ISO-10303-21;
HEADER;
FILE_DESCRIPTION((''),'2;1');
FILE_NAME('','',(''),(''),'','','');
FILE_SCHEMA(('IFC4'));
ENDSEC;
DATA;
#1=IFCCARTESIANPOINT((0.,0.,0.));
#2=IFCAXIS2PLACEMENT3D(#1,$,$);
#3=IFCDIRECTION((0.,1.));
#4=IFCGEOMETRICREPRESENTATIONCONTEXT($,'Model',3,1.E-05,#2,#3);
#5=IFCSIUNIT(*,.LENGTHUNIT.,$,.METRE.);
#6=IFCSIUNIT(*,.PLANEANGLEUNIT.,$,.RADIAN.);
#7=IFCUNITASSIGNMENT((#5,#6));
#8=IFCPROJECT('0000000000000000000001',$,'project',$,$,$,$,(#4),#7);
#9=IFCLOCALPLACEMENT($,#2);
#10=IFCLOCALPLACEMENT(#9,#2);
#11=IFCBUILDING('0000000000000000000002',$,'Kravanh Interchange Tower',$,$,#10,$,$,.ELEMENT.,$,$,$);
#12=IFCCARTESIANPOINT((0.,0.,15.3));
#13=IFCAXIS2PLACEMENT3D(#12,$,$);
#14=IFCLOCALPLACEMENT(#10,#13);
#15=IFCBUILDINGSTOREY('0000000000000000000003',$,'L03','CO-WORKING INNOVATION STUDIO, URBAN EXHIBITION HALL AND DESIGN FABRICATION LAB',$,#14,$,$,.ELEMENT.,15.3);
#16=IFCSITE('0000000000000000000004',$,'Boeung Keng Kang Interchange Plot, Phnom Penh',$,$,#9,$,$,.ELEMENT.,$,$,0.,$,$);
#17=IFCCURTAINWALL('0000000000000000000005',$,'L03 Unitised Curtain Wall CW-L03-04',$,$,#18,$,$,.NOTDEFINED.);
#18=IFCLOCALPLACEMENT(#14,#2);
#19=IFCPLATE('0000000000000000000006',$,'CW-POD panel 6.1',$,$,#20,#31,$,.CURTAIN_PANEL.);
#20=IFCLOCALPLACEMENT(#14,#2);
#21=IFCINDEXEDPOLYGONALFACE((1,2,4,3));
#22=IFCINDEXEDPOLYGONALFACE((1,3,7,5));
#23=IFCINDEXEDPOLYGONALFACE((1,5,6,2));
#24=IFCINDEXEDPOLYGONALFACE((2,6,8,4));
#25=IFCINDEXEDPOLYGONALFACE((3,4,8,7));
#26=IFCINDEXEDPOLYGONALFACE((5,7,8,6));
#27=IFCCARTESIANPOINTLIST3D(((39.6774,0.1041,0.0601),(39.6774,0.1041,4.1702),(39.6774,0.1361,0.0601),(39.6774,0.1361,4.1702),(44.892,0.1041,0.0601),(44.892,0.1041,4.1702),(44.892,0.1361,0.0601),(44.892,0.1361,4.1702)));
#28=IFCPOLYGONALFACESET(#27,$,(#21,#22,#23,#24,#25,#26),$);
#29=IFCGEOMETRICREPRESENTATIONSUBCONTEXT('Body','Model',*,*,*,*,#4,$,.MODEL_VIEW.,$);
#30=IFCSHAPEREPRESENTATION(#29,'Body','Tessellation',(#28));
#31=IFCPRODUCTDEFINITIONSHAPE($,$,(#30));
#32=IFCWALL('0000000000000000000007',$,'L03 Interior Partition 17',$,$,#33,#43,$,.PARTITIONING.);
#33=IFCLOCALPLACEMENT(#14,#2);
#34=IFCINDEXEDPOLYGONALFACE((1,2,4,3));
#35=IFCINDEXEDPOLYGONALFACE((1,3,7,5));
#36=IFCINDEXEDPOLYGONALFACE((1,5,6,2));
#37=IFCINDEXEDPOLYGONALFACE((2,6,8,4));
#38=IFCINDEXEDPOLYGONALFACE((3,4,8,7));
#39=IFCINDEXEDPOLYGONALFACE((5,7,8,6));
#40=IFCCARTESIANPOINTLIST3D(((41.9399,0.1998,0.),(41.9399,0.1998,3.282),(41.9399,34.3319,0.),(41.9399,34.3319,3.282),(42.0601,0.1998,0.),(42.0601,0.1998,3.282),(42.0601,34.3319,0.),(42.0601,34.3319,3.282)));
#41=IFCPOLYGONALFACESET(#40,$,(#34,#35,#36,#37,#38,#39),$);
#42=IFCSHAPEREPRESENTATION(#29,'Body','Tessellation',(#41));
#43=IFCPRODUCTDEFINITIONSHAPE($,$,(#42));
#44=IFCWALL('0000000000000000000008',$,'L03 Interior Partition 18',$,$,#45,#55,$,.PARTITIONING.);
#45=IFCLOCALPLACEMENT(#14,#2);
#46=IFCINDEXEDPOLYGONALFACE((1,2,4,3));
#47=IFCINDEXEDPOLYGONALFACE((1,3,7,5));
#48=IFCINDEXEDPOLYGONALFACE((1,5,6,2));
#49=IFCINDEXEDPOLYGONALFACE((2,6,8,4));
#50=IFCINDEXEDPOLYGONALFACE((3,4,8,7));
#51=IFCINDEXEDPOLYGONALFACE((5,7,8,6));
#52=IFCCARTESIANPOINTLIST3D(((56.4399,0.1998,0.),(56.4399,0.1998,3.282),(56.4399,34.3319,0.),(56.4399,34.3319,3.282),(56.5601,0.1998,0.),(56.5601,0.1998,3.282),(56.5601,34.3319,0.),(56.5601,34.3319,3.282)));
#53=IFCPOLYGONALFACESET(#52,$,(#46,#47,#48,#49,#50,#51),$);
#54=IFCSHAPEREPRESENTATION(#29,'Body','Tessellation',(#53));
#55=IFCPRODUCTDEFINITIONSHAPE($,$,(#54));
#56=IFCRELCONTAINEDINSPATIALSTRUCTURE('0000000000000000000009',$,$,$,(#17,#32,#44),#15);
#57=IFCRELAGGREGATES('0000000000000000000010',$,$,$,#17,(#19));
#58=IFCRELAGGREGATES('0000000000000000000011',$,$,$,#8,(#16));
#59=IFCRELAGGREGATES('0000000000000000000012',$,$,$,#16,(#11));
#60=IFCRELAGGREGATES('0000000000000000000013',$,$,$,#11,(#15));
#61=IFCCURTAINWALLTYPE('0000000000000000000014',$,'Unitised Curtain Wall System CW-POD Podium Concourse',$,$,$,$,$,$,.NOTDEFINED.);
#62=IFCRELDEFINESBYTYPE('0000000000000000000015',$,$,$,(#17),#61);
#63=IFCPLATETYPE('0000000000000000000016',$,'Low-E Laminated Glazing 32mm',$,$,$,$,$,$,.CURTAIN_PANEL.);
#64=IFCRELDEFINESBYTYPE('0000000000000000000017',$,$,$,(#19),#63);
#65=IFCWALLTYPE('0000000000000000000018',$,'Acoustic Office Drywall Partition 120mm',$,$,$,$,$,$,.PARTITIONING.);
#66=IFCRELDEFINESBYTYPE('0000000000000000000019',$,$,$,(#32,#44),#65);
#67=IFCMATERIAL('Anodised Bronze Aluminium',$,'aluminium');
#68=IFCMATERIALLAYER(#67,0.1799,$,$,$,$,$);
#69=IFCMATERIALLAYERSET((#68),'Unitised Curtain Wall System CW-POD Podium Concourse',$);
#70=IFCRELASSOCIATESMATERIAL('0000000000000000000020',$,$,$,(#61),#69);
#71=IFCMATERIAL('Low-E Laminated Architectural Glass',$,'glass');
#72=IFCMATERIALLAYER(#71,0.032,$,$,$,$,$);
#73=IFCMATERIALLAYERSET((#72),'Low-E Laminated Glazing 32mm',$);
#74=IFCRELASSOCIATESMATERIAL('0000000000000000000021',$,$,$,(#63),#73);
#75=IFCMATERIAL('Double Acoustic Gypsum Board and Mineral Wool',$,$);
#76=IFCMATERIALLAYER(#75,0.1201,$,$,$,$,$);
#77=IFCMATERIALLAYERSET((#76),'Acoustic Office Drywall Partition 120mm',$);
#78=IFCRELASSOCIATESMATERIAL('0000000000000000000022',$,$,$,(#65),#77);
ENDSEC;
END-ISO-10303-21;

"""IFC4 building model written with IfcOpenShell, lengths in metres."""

from ifc_helpers import new_model, si_unit, direction, frame, frame_2d, origin, origin_2d, place, context, subcontext, project, spatial, rectangle, extrude, material, layer, layer_set, type_object, element, aggregate, save


model = new_model("IFC4")

# Units and contexts
model_context = context("Model", 3, precision=1e-05, world=origin(), true_north=direction((0.0, 1.0)))
body_context = subcontext(model_context, "Body", "Model", "MODEL_VIEW")
ifc_project = project(units=[si_unit("LENGTHUNIT", "METRE"), si_unit("PLANEANGLEUNIT", "RADIAN")], contexts=[model_context])

# Site, building, storey
site_placement = place(None, origin())
site = spatial("IfcSite", under=ifc_project, at=site_placement, Name="Boeung Keng Kang Interchange Plot, Phnom Penh", CompositionType="ELEMENT", RefElevation=0.0)
building_placement = place(site_placement, origin())
building = spatial("IfcBuilding", under=site, at=building_placement, Name="Kravanh Interchange Tower", CompositionType="ELEMENT")
storey_placement = place(building_placement, frame((0.0, 0.0, 15.3)))
storey = spatial("IfcBuildingStorey", under=building, at=storey_placement, Name="L03", Description="CO-WORKING INNOVATION STUDIO, URBAN EXHIBITION HALL AND DESIGN FABRICATION LAB", CompositionType="ELEMENT", Elevation=15.3)

# Curtain wall
ifc_material_1 = material(Name="Anodised Bronze Aluminium", Category="aluminium")
ifc_layer_1 = layer(ifc_material_1, 0.1799)
ifc_layer_set_1 = layer_set([ifc_layer_1], Name="Unitised Curtain Wall System CW-POD Podium Concourse")
curtain_wall_type = type_object("IfcCurtainWallType", Name="Unitised Curtain Wall System CW-POD Podium Concourse", PredefinedType="NOTDEFINED", material=ifc_layer_set_1)
curtain_wall_placement = place(storey_placement, origin())
curtain_wall = element("IfcCurtainWall", 1, at=curtain_wall_placement, inside=storey, type_object=curtain_wall_type, Name="L03 Unitised Curtain Wall CW-L03-04", PredefinedType="NOTDEFINED")

# Plate
ifc_material_2 = material(Name="Low-E Laminated Architectural Glass", Category="glass")
ifc_layer_2 = layer(ifc_material_2, 0.032)
ifc_layer_set_2 = layer_set([ifc_layer_2], Name="Low-E Laminated Glazing 32mm")
plate_type = type_object("IfcPlateType", Name="Low-E Laminated Glazing 32mm", PredefinedType="CURTAIN_PANEL", material=ifc_layer_set_2)
plate_1_placement = place(storey_placement, frame((42.2847, 0.1201, 0.0601), z_axis=(0.0, 0.0, 1.0), x_axis=(-1.0, 0.0, 0.0)))
plate_1 = element("IfcPlate", 2, at=plate_1_placement, type_object=plate_type, Name="CW-POD panel 6.1", PredefinedType="CURTAIN_PANEL", context=body_context, shape_type="SweptSolid", body=[
    extrude(rectangle(XDim=5.2146, YDim=0.032, at=origin_2d()), origin(), (0.0, 0.0, 1.0), 4.1101),
])
aggregate(curtain_wall, [plate_1])

# Walls
ifc_material_3 = material(Name="Double Acoustic Gypsum Board and Mineral Wool")
ifc_layer_3 = layer(ifc_material_3, 0.1201)
ifc_layer_set_3 = layer_set([ifc_layer_3], Name="Acoustic Office Drywall Partition 120mm")
wall_type = type_object("IfcWallType", Name="Acoustic Office Drywall Partition 120mm", PredefinedType="PARTITIONING", material=ifc_layer_set_3)
for number, where, z_axis, x_axis, name in (
    (3, (42.0, 0.2, 0.0), (0.0, 0.0, 1.0), (0.0, 1.0, 0.0), "L03 Interior Partition 17"),
    (4, (56.5, 0.2, 0.0), (0.0, 0.0, 1.0), (0.0, 1.0, 0.0), "L03 Interior Partition 18"),
):
    element("IfcWall", number, at=place(storey_placement, frame(where, z_axis=z_axis, x_axis=x_axis)), inside=storey, type_object=wall_type, Name=name, PredefinedType="PARTITIONING", context=body_context, shape_type="SweptSolid", body=[
        extrude(rectangle(XDim=34.1321, YDim=0.1201, at=frame_2d((17.0659, 0.0))), origin(), (0.0, 0.0, 1.0), 3.282),
    ])

save(model, "model.ifc")
